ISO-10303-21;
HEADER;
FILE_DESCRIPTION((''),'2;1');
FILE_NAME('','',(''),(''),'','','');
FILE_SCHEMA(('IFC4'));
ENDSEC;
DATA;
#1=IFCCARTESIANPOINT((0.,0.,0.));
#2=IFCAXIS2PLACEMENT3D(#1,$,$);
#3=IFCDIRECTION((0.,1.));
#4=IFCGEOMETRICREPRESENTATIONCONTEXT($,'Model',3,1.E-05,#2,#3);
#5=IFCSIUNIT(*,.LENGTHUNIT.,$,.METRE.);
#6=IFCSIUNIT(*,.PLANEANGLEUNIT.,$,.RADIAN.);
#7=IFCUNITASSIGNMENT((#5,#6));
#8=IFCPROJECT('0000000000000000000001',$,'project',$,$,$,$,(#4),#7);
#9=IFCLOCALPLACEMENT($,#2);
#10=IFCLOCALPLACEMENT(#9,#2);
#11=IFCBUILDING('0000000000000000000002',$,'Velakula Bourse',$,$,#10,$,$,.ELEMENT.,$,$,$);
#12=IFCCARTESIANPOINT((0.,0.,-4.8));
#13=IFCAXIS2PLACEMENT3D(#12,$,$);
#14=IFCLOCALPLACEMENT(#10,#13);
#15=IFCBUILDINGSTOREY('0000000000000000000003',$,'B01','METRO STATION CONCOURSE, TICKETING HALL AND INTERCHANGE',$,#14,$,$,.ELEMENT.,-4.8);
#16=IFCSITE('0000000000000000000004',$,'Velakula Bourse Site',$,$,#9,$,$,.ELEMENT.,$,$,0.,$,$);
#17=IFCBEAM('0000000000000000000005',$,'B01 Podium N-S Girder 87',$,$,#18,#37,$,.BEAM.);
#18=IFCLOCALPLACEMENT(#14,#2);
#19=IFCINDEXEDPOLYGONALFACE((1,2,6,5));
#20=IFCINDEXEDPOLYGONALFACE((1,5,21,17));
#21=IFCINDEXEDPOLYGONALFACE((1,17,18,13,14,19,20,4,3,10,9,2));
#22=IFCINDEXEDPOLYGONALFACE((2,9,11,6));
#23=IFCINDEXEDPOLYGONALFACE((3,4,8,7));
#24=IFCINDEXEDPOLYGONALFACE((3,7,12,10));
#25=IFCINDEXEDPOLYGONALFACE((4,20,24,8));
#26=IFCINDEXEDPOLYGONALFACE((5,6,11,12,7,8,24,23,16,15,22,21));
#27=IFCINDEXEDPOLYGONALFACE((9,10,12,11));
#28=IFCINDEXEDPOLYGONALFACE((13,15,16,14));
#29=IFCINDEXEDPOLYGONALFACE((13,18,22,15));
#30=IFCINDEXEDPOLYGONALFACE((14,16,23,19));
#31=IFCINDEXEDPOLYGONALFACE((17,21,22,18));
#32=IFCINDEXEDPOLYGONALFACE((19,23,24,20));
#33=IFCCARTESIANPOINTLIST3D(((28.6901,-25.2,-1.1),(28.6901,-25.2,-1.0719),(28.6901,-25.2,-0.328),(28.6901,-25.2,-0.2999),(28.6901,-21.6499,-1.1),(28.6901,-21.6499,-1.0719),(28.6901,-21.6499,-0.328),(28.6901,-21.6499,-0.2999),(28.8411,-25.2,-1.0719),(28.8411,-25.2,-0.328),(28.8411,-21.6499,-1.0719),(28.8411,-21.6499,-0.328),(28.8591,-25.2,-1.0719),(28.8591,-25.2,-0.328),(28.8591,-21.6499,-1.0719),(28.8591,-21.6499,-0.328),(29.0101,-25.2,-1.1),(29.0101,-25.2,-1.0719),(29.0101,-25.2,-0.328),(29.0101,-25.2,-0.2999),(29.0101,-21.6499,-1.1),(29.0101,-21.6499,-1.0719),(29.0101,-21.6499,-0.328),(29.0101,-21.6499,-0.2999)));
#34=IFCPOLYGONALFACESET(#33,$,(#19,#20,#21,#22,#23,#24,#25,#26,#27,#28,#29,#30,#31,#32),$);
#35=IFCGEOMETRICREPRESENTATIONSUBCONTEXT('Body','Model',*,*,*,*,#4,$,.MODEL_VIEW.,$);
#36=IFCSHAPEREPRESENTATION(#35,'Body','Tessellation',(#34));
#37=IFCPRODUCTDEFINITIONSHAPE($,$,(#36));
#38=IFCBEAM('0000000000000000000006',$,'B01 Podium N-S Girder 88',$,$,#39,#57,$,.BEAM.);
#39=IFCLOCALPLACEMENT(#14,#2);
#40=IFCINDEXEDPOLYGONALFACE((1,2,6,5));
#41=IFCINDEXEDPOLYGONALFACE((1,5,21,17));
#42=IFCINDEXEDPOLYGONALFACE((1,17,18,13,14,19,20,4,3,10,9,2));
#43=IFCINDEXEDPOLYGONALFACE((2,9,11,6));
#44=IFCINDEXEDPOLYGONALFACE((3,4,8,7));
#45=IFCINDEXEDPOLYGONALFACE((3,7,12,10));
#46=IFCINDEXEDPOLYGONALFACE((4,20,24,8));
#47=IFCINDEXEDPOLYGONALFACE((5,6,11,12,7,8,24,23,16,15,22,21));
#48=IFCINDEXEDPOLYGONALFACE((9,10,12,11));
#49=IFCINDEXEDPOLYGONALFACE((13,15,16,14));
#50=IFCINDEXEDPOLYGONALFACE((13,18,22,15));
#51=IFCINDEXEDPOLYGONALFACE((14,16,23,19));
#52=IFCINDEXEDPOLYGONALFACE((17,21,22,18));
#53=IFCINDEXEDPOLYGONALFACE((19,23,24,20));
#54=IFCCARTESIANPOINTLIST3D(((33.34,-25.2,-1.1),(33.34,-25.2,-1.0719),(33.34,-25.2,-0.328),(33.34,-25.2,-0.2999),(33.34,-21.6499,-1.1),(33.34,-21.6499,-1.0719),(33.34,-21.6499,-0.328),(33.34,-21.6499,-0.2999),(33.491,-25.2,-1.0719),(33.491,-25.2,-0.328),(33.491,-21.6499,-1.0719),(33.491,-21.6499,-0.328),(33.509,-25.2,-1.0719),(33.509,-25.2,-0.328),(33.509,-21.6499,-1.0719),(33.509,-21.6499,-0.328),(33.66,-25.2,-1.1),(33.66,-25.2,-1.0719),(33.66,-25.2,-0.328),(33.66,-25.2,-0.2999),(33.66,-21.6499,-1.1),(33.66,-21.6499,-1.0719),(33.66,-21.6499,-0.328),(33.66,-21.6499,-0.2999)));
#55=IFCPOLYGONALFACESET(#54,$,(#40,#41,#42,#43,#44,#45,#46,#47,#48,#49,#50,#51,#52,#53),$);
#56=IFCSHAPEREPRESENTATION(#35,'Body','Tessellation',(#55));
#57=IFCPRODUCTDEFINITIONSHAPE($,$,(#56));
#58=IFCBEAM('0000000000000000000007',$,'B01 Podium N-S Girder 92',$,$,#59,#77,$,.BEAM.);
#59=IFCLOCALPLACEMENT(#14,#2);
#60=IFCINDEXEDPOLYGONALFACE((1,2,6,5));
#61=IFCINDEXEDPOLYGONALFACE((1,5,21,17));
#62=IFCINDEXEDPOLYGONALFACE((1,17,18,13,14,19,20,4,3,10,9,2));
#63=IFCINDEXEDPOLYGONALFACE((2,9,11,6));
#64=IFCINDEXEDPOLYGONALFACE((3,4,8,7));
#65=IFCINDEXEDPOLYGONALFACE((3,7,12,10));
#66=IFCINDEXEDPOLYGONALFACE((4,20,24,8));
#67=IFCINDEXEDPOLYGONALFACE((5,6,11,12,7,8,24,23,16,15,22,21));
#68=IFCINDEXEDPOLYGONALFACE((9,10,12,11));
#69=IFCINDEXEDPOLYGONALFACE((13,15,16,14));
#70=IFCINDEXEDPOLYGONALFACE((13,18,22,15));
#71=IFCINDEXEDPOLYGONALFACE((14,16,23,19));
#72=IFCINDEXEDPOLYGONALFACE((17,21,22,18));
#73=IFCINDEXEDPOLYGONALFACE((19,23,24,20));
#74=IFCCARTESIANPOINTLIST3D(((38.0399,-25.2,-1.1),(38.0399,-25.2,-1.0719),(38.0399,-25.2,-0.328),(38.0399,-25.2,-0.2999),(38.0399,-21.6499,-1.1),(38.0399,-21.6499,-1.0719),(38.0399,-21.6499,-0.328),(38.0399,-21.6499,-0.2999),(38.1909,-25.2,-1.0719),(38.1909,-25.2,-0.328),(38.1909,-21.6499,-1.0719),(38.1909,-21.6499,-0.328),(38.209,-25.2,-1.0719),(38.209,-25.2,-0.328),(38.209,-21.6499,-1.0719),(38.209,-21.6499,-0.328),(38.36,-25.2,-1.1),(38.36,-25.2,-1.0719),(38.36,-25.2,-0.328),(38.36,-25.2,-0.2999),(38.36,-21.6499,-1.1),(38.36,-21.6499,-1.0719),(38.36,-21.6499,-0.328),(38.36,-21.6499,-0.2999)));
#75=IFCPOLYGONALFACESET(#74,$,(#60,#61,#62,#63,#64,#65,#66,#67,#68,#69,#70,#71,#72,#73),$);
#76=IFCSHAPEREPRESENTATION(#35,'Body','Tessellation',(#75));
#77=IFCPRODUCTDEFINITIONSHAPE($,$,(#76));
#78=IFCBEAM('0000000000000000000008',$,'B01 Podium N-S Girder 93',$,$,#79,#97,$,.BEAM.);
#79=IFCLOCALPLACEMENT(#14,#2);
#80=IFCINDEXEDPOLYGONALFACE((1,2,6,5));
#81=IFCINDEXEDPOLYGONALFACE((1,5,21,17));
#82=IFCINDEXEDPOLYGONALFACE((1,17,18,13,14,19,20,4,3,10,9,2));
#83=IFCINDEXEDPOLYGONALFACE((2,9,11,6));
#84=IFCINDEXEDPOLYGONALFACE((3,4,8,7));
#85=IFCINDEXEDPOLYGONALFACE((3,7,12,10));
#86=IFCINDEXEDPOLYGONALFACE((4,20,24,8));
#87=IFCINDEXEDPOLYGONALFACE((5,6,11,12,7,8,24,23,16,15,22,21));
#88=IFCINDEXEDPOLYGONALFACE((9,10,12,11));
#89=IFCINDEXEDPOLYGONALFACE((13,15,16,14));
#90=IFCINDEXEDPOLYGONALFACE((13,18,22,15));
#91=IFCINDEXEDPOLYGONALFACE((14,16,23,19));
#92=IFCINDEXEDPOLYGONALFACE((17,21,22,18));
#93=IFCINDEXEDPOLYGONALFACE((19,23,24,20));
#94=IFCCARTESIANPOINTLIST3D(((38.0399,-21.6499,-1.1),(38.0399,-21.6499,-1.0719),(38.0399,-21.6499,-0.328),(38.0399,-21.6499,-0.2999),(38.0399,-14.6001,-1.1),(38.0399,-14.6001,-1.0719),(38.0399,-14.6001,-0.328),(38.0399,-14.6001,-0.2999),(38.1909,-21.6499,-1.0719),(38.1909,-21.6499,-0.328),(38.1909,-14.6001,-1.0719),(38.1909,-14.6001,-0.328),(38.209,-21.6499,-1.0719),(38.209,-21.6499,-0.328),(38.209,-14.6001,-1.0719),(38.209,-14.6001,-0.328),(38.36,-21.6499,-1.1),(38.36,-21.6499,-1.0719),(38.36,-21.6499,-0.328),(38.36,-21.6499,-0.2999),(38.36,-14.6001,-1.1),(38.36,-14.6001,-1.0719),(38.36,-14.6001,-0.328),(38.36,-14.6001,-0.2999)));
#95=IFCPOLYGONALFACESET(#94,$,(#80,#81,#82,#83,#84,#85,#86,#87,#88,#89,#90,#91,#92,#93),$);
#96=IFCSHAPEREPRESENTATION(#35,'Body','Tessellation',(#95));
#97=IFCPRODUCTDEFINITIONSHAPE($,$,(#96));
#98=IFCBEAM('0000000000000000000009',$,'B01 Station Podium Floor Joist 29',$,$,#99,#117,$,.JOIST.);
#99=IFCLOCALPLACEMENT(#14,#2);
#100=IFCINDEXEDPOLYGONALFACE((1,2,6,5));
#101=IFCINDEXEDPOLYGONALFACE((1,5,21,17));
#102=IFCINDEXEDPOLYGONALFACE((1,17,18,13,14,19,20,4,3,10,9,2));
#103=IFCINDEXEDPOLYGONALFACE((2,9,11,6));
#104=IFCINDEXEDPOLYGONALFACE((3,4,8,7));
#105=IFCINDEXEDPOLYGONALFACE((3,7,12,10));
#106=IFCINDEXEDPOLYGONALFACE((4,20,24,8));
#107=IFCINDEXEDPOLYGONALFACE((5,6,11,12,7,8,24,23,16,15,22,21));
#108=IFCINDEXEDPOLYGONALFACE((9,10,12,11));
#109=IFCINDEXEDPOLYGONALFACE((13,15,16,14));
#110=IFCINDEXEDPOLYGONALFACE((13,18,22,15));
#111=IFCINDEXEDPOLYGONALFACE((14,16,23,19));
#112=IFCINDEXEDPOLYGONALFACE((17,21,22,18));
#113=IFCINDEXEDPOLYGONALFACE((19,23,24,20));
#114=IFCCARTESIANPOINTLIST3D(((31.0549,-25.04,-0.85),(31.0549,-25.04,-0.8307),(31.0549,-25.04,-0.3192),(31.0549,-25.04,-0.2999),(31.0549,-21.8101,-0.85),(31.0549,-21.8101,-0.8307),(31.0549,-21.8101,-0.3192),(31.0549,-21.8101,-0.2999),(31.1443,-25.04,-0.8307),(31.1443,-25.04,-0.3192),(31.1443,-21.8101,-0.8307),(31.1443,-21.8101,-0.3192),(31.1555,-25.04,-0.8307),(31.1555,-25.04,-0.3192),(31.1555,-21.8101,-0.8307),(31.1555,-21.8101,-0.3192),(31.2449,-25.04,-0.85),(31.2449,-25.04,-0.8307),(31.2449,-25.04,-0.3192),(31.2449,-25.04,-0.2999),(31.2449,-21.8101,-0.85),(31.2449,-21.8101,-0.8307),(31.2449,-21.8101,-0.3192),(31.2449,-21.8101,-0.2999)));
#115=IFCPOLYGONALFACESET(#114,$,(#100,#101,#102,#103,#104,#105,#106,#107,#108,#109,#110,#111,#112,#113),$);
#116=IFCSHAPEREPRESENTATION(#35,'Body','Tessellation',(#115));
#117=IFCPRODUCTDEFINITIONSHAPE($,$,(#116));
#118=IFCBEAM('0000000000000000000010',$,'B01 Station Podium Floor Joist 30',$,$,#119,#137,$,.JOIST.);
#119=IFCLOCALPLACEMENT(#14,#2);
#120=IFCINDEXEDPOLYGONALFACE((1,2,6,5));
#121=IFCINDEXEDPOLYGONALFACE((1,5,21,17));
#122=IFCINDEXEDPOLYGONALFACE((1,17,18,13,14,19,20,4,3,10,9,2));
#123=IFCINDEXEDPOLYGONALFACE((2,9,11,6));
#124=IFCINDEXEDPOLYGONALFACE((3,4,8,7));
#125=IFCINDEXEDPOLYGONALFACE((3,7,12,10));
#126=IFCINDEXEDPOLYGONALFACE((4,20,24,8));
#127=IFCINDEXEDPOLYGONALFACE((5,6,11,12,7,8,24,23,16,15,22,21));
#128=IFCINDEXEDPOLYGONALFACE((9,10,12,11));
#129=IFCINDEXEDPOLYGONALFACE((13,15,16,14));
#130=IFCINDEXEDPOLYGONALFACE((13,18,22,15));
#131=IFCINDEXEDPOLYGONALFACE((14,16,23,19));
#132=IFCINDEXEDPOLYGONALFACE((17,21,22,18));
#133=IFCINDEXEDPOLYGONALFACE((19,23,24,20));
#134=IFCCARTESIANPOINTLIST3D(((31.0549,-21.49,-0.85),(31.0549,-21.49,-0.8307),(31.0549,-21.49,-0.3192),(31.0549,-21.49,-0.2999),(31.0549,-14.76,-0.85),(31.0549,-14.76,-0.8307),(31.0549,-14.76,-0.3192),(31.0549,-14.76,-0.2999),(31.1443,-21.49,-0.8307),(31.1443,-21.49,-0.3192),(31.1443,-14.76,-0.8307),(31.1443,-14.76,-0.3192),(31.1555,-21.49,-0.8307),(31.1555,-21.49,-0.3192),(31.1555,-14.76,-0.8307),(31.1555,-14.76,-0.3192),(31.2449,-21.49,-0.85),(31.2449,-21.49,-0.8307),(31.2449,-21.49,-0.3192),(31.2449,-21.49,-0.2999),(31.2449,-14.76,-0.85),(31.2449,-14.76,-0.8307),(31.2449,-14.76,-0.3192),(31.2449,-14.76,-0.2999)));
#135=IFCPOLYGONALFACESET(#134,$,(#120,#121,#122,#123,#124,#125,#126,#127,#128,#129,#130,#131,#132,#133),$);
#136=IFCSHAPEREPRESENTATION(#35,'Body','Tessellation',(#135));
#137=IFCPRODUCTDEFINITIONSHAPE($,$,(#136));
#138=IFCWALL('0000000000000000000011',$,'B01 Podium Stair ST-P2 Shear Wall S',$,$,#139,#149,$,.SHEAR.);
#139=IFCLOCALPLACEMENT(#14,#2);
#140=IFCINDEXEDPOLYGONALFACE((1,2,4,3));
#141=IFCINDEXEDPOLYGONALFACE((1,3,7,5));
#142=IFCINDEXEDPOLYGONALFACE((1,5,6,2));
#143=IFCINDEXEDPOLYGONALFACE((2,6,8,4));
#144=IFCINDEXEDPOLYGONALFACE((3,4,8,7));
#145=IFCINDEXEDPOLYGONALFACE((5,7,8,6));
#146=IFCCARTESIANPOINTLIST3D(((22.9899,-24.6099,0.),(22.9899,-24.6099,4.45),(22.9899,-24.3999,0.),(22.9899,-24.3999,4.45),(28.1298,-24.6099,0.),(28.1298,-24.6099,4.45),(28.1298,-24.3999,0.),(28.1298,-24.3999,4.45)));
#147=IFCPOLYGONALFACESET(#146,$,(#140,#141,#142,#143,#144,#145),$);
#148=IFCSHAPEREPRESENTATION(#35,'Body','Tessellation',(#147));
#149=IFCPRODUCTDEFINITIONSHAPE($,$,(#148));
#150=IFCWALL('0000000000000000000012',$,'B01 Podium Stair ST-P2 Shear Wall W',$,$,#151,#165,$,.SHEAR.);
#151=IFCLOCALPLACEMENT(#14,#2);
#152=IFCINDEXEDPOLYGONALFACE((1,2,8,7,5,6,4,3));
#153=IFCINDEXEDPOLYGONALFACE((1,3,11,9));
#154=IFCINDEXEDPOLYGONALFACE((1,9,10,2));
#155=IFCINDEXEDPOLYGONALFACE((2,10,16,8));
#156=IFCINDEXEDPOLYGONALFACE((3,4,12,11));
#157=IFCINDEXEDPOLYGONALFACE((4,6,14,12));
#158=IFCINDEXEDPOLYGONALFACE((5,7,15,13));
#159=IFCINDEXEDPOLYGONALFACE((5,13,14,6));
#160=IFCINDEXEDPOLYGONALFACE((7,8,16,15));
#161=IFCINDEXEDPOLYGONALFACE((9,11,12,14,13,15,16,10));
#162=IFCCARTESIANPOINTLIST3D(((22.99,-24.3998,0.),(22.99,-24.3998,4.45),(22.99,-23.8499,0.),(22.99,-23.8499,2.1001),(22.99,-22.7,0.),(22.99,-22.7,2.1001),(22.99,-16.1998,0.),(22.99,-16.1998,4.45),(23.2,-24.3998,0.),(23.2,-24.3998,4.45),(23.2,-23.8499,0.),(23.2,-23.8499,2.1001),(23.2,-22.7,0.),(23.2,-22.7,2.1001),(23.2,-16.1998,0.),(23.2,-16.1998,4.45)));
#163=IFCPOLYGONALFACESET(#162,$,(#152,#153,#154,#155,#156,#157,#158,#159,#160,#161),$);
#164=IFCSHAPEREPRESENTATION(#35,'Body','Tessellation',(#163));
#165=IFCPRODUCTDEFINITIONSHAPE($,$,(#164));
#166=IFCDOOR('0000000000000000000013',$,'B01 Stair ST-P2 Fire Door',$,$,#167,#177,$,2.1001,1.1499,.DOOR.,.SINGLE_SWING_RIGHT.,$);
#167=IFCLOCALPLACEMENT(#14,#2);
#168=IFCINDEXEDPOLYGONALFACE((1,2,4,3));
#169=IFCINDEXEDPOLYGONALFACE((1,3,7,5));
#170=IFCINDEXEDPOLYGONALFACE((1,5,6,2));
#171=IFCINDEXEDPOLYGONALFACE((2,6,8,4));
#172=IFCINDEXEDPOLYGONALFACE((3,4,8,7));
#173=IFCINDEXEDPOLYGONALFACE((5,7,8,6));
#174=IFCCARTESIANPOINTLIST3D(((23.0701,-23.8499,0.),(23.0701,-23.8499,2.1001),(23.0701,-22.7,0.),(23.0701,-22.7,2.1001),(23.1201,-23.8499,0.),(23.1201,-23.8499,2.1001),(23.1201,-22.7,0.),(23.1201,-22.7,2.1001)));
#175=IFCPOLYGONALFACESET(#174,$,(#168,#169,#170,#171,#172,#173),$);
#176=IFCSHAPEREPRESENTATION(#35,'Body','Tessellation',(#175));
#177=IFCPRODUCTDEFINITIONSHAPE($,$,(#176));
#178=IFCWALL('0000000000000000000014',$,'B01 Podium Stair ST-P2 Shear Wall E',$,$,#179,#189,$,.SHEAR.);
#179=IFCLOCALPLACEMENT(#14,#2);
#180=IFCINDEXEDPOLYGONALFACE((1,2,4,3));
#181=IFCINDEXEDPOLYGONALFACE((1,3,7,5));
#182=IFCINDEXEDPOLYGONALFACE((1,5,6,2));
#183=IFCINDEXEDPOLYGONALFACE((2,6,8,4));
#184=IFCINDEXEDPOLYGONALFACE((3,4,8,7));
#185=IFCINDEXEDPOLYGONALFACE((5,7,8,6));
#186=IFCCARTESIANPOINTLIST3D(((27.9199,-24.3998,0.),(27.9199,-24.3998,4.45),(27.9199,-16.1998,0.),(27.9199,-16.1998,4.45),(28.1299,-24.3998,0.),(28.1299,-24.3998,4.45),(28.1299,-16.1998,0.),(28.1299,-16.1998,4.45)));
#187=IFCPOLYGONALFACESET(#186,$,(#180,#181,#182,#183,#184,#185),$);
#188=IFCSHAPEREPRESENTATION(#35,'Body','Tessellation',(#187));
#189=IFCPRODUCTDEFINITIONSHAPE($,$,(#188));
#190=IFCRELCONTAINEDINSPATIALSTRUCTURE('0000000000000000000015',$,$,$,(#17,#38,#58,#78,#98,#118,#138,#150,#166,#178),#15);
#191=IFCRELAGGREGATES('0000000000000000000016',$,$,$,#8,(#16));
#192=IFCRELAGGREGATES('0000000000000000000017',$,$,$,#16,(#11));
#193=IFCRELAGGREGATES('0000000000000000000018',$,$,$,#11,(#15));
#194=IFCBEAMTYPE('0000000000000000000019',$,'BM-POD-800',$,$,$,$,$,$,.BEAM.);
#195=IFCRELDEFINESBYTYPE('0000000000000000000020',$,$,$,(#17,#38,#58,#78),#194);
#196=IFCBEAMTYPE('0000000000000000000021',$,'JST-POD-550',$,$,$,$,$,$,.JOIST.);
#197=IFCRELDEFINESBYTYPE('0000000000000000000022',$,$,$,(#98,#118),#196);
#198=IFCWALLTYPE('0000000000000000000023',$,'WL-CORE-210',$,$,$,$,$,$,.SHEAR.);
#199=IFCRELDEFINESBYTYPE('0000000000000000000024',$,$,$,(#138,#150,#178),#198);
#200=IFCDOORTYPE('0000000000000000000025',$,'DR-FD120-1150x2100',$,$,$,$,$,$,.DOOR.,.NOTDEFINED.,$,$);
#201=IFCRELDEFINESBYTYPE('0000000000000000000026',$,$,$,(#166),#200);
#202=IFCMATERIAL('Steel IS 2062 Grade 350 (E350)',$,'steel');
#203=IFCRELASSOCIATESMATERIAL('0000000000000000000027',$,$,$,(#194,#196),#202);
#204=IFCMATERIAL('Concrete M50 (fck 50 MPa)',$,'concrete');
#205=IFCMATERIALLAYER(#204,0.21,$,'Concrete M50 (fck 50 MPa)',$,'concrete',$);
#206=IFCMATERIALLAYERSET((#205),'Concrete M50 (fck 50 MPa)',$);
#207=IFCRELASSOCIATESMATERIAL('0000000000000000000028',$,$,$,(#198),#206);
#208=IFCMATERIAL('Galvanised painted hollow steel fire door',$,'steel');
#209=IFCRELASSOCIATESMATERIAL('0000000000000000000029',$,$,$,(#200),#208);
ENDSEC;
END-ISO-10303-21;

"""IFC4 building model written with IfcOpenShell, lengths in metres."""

from ifc_helpers import new_model, si_unit, direction, frame, frame_2d, origin, origin_2d, place, context, subcontext, project, spatial, rectangle, i_section, extrude, material, layer, layer_set, material_profile, profile_set, type_object, element, fill, save


model = new_model("IFC4")

# Units and contexts
model_context = context("Model", 3, precision=1e-05, world=origin(), true_north=direction((0.0, 1.0)))
body_context = subcontext(model_context, "Body", "Model", "MODEL_VIEW")
ifc_project = project(units=[si_unit("LENGTHUNIT", "METRE"), si_unit("PLANEANGLEUNIT", "RADIAN")], contexts=[model_context])

# Site, building, storey
site_placement = place(None, origin())
site = spatial("IfcSite", under=ifc_project, at=site_placement, Name="Velakula Bourse Site", CompositionType="ELEMENT", RefElevation=0.0)
building_placement = place(site_placement, origin())
building = spatial("IfcBuilding", under=site, at=building_placement, Name="Velakula Bourse", CompositionType="ELEMENT")
storey_placement = place(building_placement, frame((0.0, 0.0, -4.8)))
storey = spatial("IfcBuildingStorey", under=building, at=storey_placement, Name="B01", Description="METRO STATION CONCOURSE, TICKETING HALL AND INTERCHANGE", CompositionType="ELEMENT", Elevation=-4.8)

# Shared definitions
ifc_material_1 = material(Name="Concrete M50 (fck 50 MPa)", Category="concrete")

# Beams
ifc_material_2 = material(Name="Steel IS 2062 Grade 350 (E350)", Category="steel")
ifc_material_profile_1 = material_profile(ifc_material_2, i_section(OverallWidth=0.3201, OverallDepth=0.8, WebThickness=0.0181, FlangeThickness=0.0281, at=origin_2d()), Name="Steel IS 2062 Grade 350 (E350)")
ifc_profile_set_1 = profile_set([ifc_material_profile_1], Name="Steel IS 2062 Grade 350 (E350)")
beam_type_1 = type_object("IfcBeamType", Name="BM-POD-800", PredefinedType="BEAM", material=ifc_profile_set_1)
for number, where, z_axis, x_axis, name in (
    (1, (28.8501, -25.2, -0.7), (0.0, 1.0, 0.0), (-1.0, 0.0, 0.0), "B01 Podium N-S Girder 87"),
    (2, (33.5, -25.2, -0.7), (0.0, 1.0, 0.0), (-1.0, 0.0, 0.0), "B01 Podium N-S Girder 88"),
    (3, (38.2, -25.2, -0.7), (0.0, 1.0, 0.0), (-1.0, 0.0, 0.0), "B01 Podium N-S Girder 92"),
):
    element("IfcBeam", number, at=place(storey_placement, frame(where, z_axis=z_axis, x_axis=x_axis)), inside=storey, type_object=beam_type_1, Name=name, PredefinedType="BEAM", context=body_context, shape_type="SweptSolid", body=[
        extrude(i_section(OverallWidth=0.3201, OverallDepth=0.8, WebThickness=0.0181, FlangeThickness=0.0281, at=origin_2d()), origin(), (0.0, 0.0, 1.0), 3.55),
    ])
beam_1_placement = place(storey_placement, frame((38.2, -21.6499, -0.7), z_axis=(0.0, 1.0, 0.0), x_axis=(-1.0, 0.0, 0.0)))
element("IfcBeam", 4, at=beam_1_placement, inside=storey, type_object=beam_type_1, Name="B01 Podium N-S Girder 93", PredefinedType="BEAM", context=body_context, shape_type="SweptSolid", body=[
    extrude(i_section(OverallWidth=0.3201, OverallDepth=0.8, WebThickness=0.0181, FlangeThickness=0.0281, at=origin_2d()), origin(), (0.0, 0.0, 1.0), 7.0498),
])
ifc_material_profile_2 = material_profile(ifc_material_2, i_section(OverallWidth=0.1899, OverallDepth=0.55, WebThickness=0.0112, FlangeThickness=0.0193, at=origin_2d()), Name="Steel IS 2062 Grade 350 (E350)")
ifc_profile_set_2 = profile_set([ifc_material_profile_2], Name="Steel IS 2062 Grade 350 (E350)")
beam_type_2 = type_object("IfcBeamType", Name="JST-POD-550", PredefinedType="JOIST", material=ifc_profile_set_2)
beam_2_placement = place(storey_placement, frame((31.1499, -25.04, -0.575), z_axis=(0.0, 1.0, 0.0), x_axis=(-1.0, 0.0, 0.0)))
element("IfcBeam", 5, at=beam_2_placement, inside=storey, type_object=beam_type_2, Name="B01 Station Podium Floor Joist 29", PredefinedType="JOIST", context=body_context, shape_type="SweptSolid", body=[
    extrude(i_section(OverallWidth=0.1899, OverallDepth=0.55, WebThickness=0.0112, FlangeThickness=0.0193, at=origin_2d()), origin(), (0.0, 0.0, 1.0), 3.23),
])
beam_3_placement = place(storey_placement, frame((31.1499, -21.49, -0.575), z_axis=(0.0, 1.0, 0.0), x_axis=(-1.0, 0.0, 0.0)))
element("IfcBeam", 6, at=beam_3_placement, inside=storey, type_object=beam_type_2, Name="B01 Station Podium Floor Joist 30", PredefinedType="JOIST", context=body_context, shape_type="SweptSolid", body=[
    extrude(i_section(OverallWidth=0.1899, OverallDepth=0.55, WebThickness=0.0112, FlangeThickness=0.0193, at=origin_2d()), origin(), (0.0, 0.0, 1.0), 6.73),
])

# Wall
ifc_layer_1 = layer(ifc_material_1, 0.21, Name="Concrete M50 (fck 50 MPa)", Category="concrete")
ifc_layer_set_1 = layer_set([ifc_layer_1], Name="Concrete M50 (fck 50 MPa)")
wall_type_1 = type_object("IfcWallType", Name="WL-CORE-210", PredefinedType="SHEAR", material=ifc_layer_set_1)
wall_1_placement = place(storey_placement, frame((22.99, -24.5049, 0.0), z_axis=(0.0, 0.0, 1.0), x_axis=(1.0, 0.0, 0.0)))
element("IfcWall", 7, at=wall_1_placement, inside=storey, type_object=wall_type_1, Name="B01 Podium Stair ST-P2 Shear Wall S", PredefinedType="SHEAR", context=body_context, shape_type="SweptSolid", body=[
    extrude(rectangle(XDim=5.1399, YDim=0.21, at=frame_2d((2.5698, 0.0))), origin(), (0.0, 0.0, 1.0), 4.45),
])

# Wall, opening, door
wall_2_placement = place(storey_placement, frame((23.095, -24.3999, 0.0), z_axis=(0.0, 0.0, 1.0), x_axis=(0.0, 1.0, 0.0)))
wall_2 = element("IfcWall", 8, at=wall_2_placement, inside=storey, type_object=wall_type_1, Name="B01 Podium Stair ST-P2 Shear Wall W", PredefinedType="SHEAR", context=body_context, shape_type="SweptSolid", body=[
    extrude(rectangle(XDim=8.2, YDim=0.21, at=frame_2d((4.1001, 0.0))), origin(), (0.0, 0.0, 1.0), 4.45),
])
opening_placement = place(wall_2_placement, frame((0.55, 0.0, 0.0)))
opening = element("IfcOpeningElement", 9, at=opening_placement, cuts=wall_2, PredefinedType="OPENING", context=body_context, shape_type="SweptSolid", body=[
    extrude(rectangle(XDim=1.1499, YDim=2.1001, at=frame_2d((0.575, 1.05))), frame((0.0, 0.115, 0.0), z_axis=(0.0, -1.0, 0.0), x_axis=(1.0, 0.0, 0.0)), (0.0, 0.0, 1.0), 0.23),
])
ifc_material_3 = material(Name="Galvanised painted hollow steel fire door", Category="steel")
door_type = type_object("IfcDoorType", Name="DR-FD120-1150x2100", OperationType="NOTDEFINED", PredefinedType="DOOR", material=ifc_material_3)
door_placement = place(opening_placement, origin())
door = element("IfcDoor", 10, at=door_placement, inside=storey, type_object=door_type, Name="B01 Stair ST-P2 Fire Door", OperationType="SINGLE_SWING_RIGHT", OverallHeight=2.1001, OverallWidth=1.1499, PredefinedType="DOOR", context=body_context, shape_type="SweptSolid", body=[
    extrude(rectangle(XDim=1.1499, YDim=2.1001, at=frame_2d((0.575, 1.05))), frame((0.0, 0.0249, 0.0), z_axis=(0.0, -1.0, 0.0), x_axis=(1.0, 0.0, 0.0)), (0.0, 0.0, 1.0), 0.05),
])
fill(opening, door)

# Wall
wall_3_placement = place(storey_placement, frame((28.0249, -24.3999, 0.0), z_axis=(0.0, 0.0, 1.0), x_axis=(0.0, 1.0, 0.0)))
element("IfcWall", 11, at=wall_3_placement, inside=storey, type_object=wall_type_1, Name="B01 Podium Stair ST-P2 Shear Wall E", PredefinedType="SHEAR", context=body_context, shape_type="SweptSolid", body=[
    extrude(rectangle(XDim=8.2, YDim=0.21, at=frame_2d((4.1001, 0.0))), origin(), (0.0, 0.0, 1.0), 4.45),
])

save(model, "model.ifc")
